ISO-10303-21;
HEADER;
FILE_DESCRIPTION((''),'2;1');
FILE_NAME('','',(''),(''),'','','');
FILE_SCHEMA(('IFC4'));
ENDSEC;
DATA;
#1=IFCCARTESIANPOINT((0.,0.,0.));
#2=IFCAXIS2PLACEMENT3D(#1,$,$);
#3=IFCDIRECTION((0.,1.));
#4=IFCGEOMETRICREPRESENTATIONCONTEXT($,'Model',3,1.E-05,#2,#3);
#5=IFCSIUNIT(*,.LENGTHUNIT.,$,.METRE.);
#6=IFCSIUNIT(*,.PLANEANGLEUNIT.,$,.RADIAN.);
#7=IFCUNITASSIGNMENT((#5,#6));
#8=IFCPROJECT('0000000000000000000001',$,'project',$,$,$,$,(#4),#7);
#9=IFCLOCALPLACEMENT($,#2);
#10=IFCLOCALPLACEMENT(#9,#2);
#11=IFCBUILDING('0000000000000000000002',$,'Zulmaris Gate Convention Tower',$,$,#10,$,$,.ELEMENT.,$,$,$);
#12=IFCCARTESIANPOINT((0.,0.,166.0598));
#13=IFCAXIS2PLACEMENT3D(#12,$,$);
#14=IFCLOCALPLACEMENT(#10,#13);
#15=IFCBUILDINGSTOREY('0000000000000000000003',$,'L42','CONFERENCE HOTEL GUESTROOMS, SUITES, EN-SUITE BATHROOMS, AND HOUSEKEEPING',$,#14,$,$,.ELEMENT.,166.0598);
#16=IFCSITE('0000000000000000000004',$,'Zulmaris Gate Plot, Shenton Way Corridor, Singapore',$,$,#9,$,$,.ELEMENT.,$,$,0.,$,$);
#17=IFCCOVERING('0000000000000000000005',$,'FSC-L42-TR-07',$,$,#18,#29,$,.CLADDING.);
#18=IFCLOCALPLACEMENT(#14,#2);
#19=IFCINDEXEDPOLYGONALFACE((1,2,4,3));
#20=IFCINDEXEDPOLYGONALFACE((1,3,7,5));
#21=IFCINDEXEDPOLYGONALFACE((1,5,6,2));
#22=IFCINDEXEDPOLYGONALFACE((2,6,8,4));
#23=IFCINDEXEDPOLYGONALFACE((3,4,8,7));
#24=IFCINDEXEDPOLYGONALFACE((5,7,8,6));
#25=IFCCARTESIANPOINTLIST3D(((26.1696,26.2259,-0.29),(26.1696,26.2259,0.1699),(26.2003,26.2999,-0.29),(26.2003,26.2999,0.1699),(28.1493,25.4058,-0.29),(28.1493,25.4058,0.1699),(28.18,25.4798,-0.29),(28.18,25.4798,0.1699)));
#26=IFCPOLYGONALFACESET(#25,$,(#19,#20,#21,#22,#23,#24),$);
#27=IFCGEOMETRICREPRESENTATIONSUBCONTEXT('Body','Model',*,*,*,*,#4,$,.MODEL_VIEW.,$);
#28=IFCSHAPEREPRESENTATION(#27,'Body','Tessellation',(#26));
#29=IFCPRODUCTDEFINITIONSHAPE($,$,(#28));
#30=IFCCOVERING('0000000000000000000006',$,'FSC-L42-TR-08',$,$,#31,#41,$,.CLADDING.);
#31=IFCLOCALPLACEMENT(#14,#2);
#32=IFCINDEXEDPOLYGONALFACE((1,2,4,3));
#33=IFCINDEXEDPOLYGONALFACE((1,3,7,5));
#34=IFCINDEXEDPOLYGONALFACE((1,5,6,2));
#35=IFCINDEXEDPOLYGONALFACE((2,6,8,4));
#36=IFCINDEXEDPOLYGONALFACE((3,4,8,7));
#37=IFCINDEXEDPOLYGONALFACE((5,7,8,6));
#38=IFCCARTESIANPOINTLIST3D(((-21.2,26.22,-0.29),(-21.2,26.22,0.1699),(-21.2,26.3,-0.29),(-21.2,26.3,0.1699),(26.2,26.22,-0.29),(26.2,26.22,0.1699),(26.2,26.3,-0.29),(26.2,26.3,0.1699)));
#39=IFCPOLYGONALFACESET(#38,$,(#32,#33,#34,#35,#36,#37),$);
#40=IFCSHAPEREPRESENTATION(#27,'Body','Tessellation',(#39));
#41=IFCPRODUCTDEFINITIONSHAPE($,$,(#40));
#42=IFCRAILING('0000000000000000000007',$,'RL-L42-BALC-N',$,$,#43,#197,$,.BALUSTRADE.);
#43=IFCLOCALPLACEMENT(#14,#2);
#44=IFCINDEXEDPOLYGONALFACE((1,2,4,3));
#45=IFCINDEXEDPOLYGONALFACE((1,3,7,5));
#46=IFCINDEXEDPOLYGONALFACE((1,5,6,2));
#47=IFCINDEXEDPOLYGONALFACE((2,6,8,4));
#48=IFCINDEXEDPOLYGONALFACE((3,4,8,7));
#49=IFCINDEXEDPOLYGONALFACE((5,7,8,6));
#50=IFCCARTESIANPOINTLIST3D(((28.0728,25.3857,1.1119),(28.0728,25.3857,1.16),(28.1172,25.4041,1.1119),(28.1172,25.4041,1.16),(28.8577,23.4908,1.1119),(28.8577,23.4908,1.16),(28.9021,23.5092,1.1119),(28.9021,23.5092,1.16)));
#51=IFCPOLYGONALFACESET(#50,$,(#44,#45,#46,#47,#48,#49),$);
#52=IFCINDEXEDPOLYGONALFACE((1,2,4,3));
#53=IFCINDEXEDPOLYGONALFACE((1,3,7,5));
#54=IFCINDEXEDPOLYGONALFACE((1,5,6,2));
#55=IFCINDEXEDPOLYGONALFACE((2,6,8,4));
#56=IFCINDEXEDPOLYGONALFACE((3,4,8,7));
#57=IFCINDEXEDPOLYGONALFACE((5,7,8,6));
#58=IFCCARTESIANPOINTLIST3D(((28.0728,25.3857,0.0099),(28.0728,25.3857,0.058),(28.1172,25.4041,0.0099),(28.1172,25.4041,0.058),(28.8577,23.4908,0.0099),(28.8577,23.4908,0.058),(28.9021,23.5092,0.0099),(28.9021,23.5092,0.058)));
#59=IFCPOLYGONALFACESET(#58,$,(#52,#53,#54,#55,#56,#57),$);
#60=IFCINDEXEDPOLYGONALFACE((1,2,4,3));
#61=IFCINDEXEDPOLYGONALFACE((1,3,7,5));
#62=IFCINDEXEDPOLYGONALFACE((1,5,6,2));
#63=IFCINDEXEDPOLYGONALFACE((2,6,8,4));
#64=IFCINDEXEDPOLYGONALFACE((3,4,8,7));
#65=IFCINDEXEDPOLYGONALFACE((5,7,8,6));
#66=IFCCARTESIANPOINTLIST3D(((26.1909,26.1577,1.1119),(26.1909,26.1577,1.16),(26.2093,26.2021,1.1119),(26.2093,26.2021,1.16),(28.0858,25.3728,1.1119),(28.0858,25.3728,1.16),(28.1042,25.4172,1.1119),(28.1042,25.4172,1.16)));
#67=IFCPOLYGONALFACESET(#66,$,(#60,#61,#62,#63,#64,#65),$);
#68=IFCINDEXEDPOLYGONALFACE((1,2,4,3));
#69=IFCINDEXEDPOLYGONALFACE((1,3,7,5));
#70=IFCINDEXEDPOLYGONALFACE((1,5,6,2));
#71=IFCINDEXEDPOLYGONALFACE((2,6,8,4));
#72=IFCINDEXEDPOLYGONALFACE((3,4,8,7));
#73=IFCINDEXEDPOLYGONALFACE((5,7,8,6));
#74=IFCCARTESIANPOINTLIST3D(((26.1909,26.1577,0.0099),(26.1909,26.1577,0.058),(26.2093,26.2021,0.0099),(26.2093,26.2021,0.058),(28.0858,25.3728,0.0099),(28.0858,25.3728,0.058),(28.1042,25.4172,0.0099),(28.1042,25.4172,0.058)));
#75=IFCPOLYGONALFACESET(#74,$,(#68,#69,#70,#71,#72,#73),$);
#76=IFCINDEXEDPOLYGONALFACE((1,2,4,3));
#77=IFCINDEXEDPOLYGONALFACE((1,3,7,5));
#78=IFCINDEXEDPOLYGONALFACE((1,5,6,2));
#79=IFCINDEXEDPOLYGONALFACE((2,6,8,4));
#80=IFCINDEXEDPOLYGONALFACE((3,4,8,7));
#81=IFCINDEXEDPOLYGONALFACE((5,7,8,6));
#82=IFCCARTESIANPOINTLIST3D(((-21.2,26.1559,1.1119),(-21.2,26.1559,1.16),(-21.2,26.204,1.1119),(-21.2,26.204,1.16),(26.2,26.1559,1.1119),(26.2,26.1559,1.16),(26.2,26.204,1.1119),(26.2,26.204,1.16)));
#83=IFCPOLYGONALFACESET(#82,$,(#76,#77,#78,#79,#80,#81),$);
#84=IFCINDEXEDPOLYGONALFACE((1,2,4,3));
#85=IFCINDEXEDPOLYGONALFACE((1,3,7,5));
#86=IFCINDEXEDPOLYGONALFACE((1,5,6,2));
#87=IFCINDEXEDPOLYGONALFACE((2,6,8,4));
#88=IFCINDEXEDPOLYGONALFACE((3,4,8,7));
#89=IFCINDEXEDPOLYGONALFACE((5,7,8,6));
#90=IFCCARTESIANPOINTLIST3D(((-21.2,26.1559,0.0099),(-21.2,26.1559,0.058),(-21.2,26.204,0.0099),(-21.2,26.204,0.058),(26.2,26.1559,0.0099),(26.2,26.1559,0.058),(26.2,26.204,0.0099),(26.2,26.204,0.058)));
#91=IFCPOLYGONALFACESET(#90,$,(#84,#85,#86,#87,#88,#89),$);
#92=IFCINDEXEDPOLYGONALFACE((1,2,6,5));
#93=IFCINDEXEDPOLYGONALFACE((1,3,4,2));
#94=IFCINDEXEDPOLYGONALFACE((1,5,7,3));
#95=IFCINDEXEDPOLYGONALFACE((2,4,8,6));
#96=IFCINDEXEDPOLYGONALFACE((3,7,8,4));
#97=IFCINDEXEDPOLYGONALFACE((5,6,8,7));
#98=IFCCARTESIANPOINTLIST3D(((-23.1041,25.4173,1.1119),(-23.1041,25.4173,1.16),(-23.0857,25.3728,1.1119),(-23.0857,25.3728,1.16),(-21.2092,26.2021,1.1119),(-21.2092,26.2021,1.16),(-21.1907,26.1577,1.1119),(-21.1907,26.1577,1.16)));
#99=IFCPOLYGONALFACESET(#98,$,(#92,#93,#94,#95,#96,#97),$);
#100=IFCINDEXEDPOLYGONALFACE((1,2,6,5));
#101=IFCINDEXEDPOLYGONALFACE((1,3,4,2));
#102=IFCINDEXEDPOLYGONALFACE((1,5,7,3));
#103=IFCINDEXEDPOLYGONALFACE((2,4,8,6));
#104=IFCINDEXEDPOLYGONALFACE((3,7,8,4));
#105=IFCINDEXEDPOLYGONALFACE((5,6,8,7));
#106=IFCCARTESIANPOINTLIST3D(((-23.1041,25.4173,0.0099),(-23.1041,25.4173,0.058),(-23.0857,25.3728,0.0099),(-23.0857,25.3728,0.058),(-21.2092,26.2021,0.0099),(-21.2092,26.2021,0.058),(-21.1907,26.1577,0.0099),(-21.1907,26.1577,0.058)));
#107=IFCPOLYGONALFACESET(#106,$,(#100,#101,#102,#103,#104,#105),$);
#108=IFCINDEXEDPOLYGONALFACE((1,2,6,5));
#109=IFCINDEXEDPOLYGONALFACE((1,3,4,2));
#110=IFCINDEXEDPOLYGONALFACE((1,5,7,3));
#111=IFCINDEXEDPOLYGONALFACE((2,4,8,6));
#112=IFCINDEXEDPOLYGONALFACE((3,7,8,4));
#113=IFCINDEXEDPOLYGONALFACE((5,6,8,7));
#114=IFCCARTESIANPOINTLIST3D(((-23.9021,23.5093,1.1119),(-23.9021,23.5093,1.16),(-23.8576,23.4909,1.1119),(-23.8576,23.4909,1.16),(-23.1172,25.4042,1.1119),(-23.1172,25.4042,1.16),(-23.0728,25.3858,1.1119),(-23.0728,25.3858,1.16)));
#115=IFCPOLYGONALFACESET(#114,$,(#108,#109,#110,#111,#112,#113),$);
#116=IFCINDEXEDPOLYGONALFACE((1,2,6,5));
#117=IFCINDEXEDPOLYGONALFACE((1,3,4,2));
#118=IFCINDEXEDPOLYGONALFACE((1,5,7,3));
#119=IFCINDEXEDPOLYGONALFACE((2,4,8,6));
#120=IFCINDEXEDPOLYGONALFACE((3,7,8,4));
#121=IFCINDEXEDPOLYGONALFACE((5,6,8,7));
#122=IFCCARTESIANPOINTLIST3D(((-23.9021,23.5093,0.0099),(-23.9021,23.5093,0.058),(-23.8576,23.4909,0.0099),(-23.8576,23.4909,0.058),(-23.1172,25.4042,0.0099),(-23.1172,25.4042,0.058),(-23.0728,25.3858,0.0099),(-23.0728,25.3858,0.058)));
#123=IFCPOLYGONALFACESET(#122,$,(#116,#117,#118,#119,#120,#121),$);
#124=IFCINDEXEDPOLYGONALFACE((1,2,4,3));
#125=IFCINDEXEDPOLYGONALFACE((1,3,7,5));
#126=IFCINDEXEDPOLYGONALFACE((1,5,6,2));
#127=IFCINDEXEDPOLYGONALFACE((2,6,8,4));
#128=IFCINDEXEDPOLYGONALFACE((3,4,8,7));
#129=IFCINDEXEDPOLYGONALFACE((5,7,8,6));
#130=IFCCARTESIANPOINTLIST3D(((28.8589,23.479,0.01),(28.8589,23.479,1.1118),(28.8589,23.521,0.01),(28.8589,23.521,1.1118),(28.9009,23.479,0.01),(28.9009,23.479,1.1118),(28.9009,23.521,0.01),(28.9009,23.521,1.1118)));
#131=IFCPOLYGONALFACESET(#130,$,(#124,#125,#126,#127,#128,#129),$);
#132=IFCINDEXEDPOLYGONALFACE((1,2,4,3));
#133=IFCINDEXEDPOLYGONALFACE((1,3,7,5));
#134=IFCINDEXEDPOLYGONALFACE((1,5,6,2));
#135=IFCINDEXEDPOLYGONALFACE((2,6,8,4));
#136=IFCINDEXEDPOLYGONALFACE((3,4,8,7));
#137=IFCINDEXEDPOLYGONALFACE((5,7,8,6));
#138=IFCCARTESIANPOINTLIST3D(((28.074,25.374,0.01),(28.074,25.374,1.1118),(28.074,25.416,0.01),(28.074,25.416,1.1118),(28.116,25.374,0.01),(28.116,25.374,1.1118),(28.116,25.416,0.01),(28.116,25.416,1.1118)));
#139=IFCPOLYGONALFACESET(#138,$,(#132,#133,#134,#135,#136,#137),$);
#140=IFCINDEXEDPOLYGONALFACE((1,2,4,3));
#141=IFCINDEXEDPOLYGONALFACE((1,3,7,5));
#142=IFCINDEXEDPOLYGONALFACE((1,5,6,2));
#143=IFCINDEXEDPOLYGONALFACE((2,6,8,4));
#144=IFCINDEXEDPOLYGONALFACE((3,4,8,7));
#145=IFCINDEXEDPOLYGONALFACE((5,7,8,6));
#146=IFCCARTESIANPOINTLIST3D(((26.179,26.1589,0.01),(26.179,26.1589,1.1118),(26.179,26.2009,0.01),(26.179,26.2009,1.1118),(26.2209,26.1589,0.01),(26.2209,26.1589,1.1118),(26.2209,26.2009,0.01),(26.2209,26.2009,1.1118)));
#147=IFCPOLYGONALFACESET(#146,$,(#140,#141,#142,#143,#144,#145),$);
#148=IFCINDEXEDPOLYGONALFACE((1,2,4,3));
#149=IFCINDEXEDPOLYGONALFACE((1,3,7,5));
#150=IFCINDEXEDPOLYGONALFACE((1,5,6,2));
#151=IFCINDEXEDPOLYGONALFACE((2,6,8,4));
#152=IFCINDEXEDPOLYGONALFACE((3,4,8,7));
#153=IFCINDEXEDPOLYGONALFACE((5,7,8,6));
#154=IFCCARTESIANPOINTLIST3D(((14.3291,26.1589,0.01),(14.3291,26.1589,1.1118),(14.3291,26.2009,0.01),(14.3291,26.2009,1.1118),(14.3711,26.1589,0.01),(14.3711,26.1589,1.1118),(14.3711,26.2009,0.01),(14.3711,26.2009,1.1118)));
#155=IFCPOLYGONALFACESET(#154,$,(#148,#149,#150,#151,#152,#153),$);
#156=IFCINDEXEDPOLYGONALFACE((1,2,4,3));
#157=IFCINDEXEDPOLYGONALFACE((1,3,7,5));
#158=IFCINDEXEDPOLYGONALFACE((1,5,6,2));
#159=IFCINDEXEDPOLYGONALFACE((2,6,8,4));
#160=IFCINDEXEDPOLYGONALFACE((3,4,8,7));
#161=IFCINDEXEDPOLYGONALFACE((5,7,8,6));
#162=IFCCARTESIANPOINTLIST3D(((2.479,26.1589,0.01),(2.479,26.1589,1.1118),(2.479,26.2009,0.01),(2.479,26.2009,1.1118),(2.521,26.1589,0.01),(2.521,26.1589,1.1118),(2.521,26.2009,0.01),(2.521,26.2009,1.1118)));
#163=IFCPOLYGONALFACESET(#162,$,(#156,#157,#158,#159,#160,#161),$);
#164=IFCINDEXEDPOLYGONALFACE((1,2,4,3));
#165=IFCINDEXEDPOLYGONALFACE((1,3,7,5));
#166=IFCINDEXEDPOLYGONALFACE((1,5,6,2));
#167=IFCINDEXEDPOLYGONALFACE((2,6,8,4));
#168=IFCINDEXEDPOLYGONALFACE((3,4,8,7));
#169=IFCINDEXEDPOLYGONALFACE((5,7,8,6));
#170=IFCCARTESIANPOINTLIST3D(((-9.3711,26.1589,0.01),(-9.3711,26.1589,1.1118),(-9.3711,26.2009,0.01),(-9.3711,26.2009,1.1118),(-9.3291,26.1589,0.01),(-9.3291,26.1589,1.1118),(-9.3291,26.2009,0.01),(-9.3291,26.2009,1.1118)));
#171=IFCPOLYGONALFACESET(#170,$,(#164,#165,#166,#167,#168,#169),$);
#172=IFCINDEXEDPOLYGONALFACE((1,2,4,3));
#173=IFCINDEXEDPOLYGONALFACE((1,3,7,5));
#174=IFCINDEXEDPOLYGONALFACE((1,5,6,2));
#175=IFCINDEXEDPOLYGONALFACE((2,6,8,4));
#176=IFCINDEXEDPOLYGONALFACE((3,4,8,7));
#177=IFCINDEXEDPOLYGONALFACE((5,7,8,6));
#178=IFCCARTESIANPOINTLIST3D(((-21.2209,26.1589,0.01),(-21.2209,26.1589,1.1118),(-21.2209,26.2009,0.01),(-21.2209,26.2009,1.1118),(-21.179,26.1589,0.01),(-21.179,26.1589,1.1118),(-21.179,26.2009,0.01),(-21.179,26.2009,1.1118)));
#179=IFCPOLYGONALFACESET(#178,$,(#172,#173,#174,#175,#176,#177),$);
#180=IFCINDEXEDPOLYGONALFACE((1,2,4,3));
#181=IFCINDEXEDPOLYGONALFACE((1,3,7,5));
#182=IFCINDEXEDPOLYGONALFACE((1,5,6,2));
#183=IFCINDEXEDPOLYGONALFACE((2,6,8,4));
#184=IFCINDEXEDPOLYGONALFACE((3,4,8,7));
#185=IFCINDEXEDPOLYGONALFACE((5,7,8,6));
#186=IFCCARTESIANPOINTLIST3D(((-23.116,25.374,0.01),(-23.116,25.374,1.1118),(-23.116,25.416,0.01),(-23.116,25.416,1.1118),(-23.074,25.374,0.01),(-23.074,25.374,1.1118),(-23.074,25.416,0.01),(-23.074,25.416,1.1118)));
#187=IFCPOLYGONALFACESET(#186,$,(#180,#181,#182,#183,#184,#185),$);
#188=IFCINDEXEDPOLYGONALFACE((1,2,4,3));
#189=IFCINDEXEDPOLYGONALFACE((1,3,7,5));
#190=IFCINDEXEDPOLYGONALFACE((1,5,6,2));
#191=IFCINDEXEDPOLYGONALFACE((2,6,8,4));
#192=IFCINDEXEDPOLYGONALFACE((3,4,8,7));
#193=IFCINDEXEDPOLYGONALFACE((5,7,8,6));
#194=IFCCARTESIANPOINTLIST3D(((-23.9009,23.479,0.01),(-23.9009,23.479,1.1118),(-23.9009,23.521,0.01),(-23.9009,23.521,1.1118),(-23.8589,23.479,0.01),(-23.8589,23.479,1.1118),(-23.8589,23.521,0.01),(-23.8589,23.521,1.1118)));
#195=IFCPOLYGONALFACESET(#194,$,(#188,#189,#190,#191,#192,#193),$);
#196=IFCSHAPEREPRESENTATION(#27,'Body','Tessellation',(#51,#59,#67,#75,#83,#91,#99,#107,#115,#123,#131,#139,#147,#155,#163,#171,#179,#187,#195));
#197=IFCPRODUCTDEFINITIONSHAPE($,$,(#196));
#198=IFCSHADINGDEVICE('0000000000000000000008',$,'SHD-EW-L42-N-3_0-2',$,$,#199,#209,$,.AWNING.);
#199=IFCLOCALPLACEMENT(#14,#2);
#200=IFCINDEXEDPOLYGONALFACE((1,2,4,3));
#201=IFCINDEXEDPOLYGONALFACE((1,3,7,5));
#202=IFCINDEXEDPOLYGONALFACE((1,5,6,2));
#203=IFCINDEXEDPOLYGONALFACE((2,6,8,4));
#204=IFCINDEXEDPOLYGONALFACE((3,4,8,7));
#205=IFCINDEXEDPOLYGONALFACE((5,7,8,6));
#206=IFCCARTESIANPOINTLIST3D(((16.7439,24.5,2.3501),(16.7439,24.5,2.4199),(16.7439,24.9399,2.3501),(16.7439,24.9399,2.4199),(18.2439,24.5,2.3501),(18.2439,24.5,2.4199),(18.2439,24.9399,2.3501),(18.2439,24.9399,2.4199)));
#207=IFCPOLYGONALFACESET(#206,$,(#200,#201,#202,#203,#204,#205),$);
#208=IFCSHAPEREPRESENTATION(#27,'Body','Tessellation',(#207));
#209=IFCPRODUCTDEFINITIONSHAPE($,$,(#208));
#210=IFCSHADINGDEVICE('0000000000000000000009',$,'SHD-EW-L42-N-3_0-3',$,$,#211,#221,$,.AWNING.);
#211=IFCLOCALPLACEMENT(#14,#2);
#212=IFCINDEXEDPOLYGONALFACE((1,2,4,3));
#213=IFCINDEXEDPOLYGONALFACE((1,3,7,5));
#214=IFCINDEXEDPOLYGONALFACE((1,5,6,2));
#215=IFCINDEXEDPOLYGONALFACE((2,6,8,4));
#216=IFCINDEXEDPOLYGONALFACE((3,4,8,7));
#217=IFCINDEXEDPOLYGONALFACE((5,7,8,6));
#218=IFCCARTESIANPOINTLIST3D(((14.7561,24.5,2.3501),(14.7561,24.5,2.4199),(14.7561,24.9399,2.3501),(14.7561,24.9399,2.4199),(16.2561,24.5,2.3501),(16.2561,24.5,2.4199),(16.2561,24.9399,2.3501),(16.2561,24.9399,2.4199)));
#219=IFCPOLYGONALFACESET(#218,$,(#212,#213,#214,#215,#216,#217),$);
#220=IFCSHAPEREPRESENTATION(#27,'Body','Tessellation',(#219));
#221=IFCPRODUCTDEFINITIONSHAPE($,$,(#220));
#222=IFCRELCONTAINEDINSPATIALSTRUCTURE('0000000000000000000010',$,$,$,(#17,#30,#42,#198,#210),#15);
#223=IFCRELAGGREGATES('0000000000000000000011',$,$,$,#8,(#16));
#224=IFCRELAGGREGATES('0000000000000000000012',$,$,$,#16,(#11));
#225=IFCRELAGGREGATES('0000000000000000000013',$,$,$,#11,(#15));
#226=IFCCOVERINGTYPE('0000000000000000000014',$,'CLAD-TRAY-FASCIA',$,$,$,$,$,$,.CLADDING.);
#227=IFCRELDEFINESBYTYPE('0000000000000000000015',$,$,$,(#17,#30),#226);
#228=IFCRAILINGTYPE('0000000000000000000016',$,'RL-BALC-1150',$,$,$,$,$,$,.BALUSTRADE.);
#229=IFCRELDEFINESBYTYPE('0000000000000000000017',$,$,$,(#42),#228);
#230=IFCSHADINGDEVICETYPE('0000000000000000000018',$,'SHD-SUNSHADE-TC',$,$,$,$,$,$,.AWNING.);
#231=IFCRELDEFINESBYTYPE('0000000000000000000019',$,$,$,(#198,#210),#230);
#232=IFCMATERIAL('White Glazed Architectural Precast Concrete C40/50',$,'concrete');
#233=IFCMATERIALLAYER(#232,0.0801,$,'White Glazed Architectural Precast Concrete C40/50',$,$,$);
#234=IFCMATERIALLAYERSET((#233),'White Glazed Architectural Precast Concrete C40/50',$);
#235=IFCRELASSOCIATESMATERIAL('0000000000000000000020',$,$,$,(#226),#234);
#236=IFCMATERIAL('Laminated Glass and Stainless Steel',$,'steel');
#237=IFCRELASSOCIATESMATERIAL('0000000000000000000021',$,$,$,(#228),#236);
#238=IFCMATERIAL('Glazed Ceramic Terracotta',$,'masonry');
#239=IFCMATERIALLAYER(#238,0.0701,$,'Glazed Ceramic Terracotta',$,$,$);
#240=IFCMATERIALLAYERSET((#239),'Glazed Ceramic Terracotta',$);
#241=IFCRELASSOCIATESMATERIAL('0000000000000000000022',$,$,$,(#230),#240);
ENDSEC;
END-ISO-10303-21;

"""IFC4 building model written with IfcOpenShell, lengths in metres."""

from ifc_helpers import new_model, si_unit, direction, frame, frame_2d, origin, origin_2d, place, context, subcontext, project, spatial, rectangle, extrude, material, layer, layer_set, type_object, element, save


model = new_model("IFC4")

# Units and contexts
model_context = context("Model", 3, precision=1e-05, world=origin(), true_north=direction((0.0, 1.0)))
body_context = subcontext(model_context, "Body", "Model", "MODEL_VIEW")
ifc_project = project(units=[si_unit("LENGTHUNIT", "METRE"), si_unit("PLANEANGLEUNIT", "RADIAN")], contexts=[model_context])

# Site, building, storey
site_placement = place(None, origin())
site = spatial("IfcSite", under=ifc_project, at=site_placement, Name="Zulmaris Gate Plot, Shenton Way Corridor, Singapore", CompositionType="ELEMENT", RefElevation=0.0)
building_placement = place(site_placement, origin())
building = spatial("IfcBuilding", under=site, at=building_placement, Name="Zulmaris Gate Convention Tower", CompositionType="ELEMENT")
storey_placement = place(building_placement, frame((0.0, 0.0, 166.0598)))
storey = spatial("IfcBuildingStorey", under=building, at=storey_placement, Name="L42", Description="CONFERENCE HOTEL GUESTROOMS, SUITES, EN-SUITE BATHROOMS, AND HOUSEKEEPING", CompositionType="ELEMENT", Elevation=166.0598)

# Coverings
ifc_material_1 = material(Name="White Glazed Architectural Precast Concrete C40/50", Category="concrete")
ifc_layer_1 = layer(ifc_material_1, 0.0801, Name="White Glazed Architectural Precast Concrete C40/50")
ifc_layer_set_1 = layer_set([ifc_layer_1], Name="White Glazed Architectural Precast Concrete C40/50")
covering_type_1 = type_object("IfcCoveringType", Name="CLAD-TRAY-FASCIA", PredefinedType="CLADDING", material=ifc_layer_set_1)
covering_1_placement = place(storey_placement, frame((28.1646, 25.4429, -0.29), z_axis=(0.0, 0.0, 1.0), x_axis=(-0.923874, 0.382697, 0.0)))
element("IfcCovering", 1, at=covering_1_placement, inside=storey, type_object=covering_type_1, Name="FSC-L42-TR-07", PredefinedType="CLADDING", context=body_context, shape_type="SweptSolid", body=[
    extrude(rectangle(XDim=2.1428, YDim=0.0801, at=frame_2d((1.0713, 0.0))), origin(), (0.0, 0.0, 1.0), 0.46),
])
covering_2_placement = place(storey_placement, frame((26.2, 26.26, -0.29), z_axis=(0.0, 0.0, 1.0), x_axis=(-1.0, 0.0, 0.0)))
element("IfcCovering", 2, at=covering_2_placement, inside=storey, type_object=covering_type_1, Name="FSC-L42-TR-08", PredefinedType="CLADDING", context=body_context, shape_type="SweptSolid", body=[
    extrude(rectangle(XDim=47.3999, YDim=0.0801, at=frame_2d((23.7, 0.0))), origin(), (0.0, 0.0, 1.0), 0.46),
])

# Railing
ifc_material_2 = material(Name="Laminated Glass and Stainless Steel", Category="steel")
railing_type = type_object("IfcRailingType", Name="RL-BALC-1150", PredefinedType="BALUSTRADE", material=ifc_material_2)
railing_placement = place(storey_placement, frame((28.8799, 23.5, 0.01)))
element("IfcRailing", 3, at=railing_placement, inside=storey, type_object=railing_type, Name="RL-L42-BALC-N", PredefinedType="BALUSTRADE", context=body_context, shape_type="SweptSolid", body=[
    extrude(rectangle(XDim=0.0481, YDim=0.0481, at=origin_2d()), frame((0.0, 0.0, 1.126), z_axis=(-0.382671, 0.923885, 0.0), x_axis=(-0.923885, -0.382671, 0.0)), (0.0, 0.0, 1.0), 2.051),
    extrude(rectangle(XDim=0.0481, YDim=0.0481, at=origin_2d()), frame((0.0, 0.0, 0.0239), z_axis=(-0.382671, 0.923885, 0.0), x_axis=(-0.923885, -0.382671, 0.0)), (0.0, 0.0, 1.0), 2.051),
    extrude(rectangle(XDim=0.0481, YDim=0.0481, at=origin_2d()), frame((-0.7849, 1.895, 1.126), z_axis=(-0.923885, 0.382671, 0.0), x_axis=(-0.382671, -0.923885, 0.0)), (0.0, 0.0, 1.0), 2.051),
    extrude(rectangle(XDim=0.0481, YDim=0.0481, at=origin_2d()), frame((-0.7849, 1.895, 0.0239), z_axis=(-0.923885, 0.382671, 0.0), x_axis=(-0.382671, -0.923885, 0.0)), (0.0, 0.0, 1.0), 2.051),
    extrude(rectangle(XDim=0.0481, YDim=0.0481, at=origin_2d()), frame((-2.6799, 2.6799, 1.126), z_axis=(-1.0, 0.0, 0.0), x_axis=(0.0, -1.0, 0.0)), (0.0, 0.0, 1.0), 47.3999),
    extrude(rectangle(XDim=0.0481, YDim=0.0481, at=origin_2d()), frame((-2.6799, 2.6799, 0.0239), z_axis=(-1.0, 0.0, 0.0), x_axis=(0.0, -1.0, 0.0)), (0.0, 0.0, 1.0), 47.3999),
    extrude(rectangle(XDim=0.0481, YDim=0.0481, at=origin_2d()), frame((-50.0798, 2.6799, 1.126), z_axis=(-0.923885, -0.382671, 0.0), x_axis=(0.382671, -0.923885, 0.0)), (0.0, 0.0, 1.0), 2.051),
    extrude(rectangle(XDim=0.0481, YDim=0.0481, at=origin_2d()), frame((-50.0798, 2.6799, 0.0239), z_axis=(-0.923885, -0.382671, 0.0), x_axis=(0.382671, -0.923885, 0.0)), (0.0, 0.0, 1.0), 2.051),
    extrude(rectangle(XDim=0.0481, YDim=0.0481, at=origin_2d()), frame((-51.9749, 1.895, 1.126), z_axis=(-0.382671, -0.923885, 0.0), x_axis=(0.923885, -0.382671, 0.0)), (0.0, 0.0, 1.0), 2.051),
    extrude(rectangle(XDim=0.0481, YDim=0.0481, at=origin_2d()), frame((-51.9749, 1.895, 0.0239), z_axis=(-0.382671, -0.923885, 0.0), x_axis=(0.923885, -0.382671, 0.0)), (0.0, 0.0, 1.0), 2.051),
    extrude(rectangle(XDim=0.042, YDim=0.042, at=origin_2d()), origin(), (0.0, 0.0, 1.0), 1.1018),
    extrude(rectangle(XDim=0.042, YDim=0.042, at=origin_2d()), frame((-0.7849, 1.895, 0.0)), (0.0, 0.0, 1.0), 1.1018),
    extrude(rectangle(XDim=0.042, YDim=0.042, at=origin_2d()), frame((-2.6799, 2.6799, 0.0)), (0.0, 0.0, 1.0), 1.1018),
    extrude(rectangle(XDim=0.042, YDim=0.042, at=origin_2d()), frame((-14.5298, 2.6799, 0.0)), (0.0, 0.0, 1.0), 1.1018),
    extrude(rectangle(XDim=0.042, YDim=0.042, at=origin_2d()), frame((-26.3799, 2.6799, 0.0)), (0.0, 0.0, 1.0), 1.1018),
    extrude(rectangle(XDim=0.042, YDim=0.042, at=origin_2d()), frame((-38.23, 2.6799, 0.0)), (0.0, 0.0, 1.0), 1.1018),
    extrude(rectangle(XDim=0.042, YDim=0.042, at=origin_2d()), frame((-50.0798, 2.6799, 0.0)), (0.0, 0.0, 1.0), 1.1018),
    extrude(rectangle(XDim=0.042, YDim=0.042, at=origin_2d()), frame((-51.9749, 1.895, 0.0)), (0.0, 0.0, 1.0), 1.1018),
    extrude(rectangle(XDim=0.042, YDim=0.042, at=origin_2d()), frame((-52.7598, 0.0, 0.0)), (0.0, 0.0, 1.0), 1.1018),
])

# Shading devices
ifc_material_3 = material(Name="Glazed Ceramic Terracotta", Category="masonry")
ifc_layer_2 = layer(ifc_material_3, 0.0701, Name="Glazed Ceramic Terracotta")
ifc_layer_set_2 = layer_set([ifc_layer_2], Name="Glazed Ceramic Terracotta")
shading_device_type = type_object("IfcShadingDeviceType", Name="SHD-SUNSHADE-TC", PredefinedType="AWNING", material=ifc_layer_set_2)
for number, where, z_axis, x_axis, name in (
    (4, (18.2439, 24.72, 2.3501), (0.0, 0.0, 1.0), (-1.0, 0.0, 0.0), "SHD-EW-L42-N-3_0-2"),
    (5, (16.2561, 24.72, 2.3501), (0.0, 0.0, 1.0), (-1.0, 0.0, 0.0), "SHD-EW-L42-N-3_0-3"),
):
    element("IfcShadingDevice", number, at=place(storey_placement, frame(where, z_axis=z_axis, x_axis=x_axis)), inside=storey, type_object=shading_device_type, Name=name, PredefinedType="AWNING", context=body_context, shape_type="SweptSolid", body=[
        extrude(rectangle(XDim=1.5, YDim=0.4399, at=frame_2d((0.75, 0.0))), origin(), (0.0, 0.0, 1.0), 0.0698),
    ])

save(model, "model.ifc")
